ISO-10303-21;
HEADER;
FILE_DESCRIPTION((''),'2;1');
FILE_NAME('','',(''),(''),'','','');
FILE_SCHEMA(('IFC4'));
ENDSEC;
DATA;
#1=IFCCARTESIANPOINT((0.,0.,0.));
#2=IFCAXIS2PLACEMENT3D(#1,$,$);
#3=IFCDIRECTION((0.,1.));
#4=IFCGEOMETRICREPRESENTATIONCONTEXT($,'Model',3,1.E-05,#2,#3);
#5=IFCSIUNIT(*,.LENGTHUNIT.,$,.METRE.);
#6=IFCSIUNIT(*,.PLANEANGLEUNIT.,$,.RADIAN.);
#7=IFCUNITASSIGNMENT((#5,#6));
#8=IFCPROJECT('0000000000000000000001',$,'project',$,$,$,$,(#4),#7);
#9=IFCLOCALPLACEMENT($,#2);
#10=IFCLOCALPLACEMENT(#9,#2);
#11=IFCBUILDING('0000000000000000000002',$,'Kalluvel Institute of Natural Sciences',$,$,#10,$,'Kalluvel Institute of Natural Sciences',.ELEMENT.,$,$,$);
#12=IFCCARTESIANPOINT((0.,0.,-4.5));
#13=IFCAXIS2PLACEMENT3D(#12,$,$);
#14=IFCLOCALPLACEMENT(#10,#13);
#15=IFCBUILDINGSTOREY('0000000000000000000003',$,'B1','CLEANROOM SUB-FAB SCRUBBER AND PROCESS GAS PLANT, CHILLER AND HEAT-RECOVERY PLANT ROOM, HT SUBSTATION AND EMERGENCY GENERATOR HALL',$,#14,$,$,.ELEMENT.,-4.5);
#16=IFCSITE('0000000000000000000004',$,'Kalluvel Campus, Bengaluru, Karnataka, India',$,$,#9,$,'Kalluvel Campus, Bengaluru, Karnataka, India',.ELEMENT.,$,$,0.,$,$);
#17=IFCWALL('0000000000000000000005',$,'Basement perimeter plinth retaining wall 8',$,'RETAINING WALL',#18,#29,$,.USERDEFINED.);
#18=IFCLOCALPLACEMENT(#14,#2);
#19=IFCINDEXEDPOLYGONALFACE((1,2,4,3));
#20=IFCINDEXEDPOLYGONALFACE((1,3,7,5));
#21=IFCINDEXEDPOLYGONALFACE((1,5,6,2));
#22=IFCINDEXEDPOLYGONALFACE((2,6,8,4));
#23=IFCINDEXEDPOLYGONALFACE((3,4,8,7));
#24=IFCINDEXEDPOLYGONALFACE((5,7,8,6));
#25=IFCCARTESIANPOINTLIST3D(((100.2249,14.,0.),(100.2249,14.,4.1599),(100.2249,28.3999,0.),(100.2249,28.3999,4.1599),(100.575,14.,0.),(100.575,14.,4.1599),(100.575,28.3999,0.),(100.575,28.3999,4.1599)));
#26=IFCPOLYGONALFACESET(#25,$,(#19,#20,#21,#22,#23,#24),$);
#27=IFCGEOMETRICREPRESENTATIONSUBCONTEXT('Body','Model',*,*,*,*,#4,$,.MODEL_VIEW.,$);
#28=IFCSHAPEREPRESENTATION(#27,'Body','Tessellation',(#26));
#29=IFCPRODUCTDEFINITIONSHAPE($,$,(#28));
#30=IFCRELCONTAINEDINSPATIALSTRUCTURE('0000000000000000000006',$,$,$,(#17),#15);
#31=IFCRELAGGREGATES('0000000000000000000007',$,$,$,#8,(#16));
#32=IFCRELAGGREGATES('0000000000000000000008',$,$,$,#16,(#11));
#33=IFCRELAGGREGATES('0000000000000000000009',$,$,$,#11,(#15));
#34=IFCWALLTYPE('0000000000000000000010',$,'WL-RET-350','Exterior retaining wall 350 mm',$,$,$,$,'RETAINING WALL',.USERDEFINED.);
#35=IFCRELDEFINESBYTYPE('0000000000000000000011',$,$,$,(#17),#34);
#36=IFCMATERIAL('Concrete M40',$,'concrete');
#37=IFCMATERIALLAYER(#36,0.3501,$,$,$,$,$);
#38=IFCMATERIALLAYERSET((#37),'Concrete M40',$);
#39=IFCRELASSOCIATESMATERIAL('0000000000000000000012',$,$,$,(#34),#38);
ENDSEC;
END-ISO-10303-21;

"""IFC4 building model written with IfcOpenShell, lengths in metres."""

from ifc_helpers import new_model, si_unit, direction, frame, frame_2d, origin, place, context, subcontext, project, spatial, rectangle, extrude, material, layer, layer_set, type_object, element, save


model = new_model("IFC4")

# Units and contexts
model_context = context("Model", 3, precision=1e-05, world=origin(), true_north=direction((0.0, 1.0)))
body_context = subcontext(model_context, "Body", "Model", "MODEL_VIEW")
ifc_project = project(units=[si_unit("LENGTHUNIT", "METRE"), si_unit("PLANEANGLEUNIT", "RADIAN")], contexts=[model_context])

# Site, building, storey
site_placement = place(None, origin())
site = spatial("IfcSite", under=ifc_project, at=site_placement, Name="Kalluvel Campus, Bengaluru, Karnataka, India", LongName="Kalluvel Campus, Bengaluru, Karnataka, India", CompositionType="ELEMENT", RefElevation=0.0)
building_placement = place(site_placement, origin())
building = spatial("IfcBuilding", under=site, at=building_placement, Name="Kalluvel Institute of Natural Sciences", LongName="Kalluvel Institute of Natural Sciences", CompositionType="ELEMENT")
storey_placement = place(building_placement, frame((0.0, 0.0, -4.5)))
storey = spatial("IfcBuildingStorey", under=building, at=storey_placement, Name="B1", Description="CLEANROOM SUB-FAB SCRUBBER AND PROCESS GAS PLANT, CHILLER AND HEAT-RECOVERY PLANT ROOM, HT SUBSTATION AND EMERGENCY GENERATOR HALL", CompositionType="ELEMENT", Elevation=-4.5)

# Shared definitions
ifc_material_1 = material(Name="Concrete M40", Category="concrete")

# Wall
ifc_layer_1 = layer(ifc_material_1, 0.3501)
ifc_layer_set_1 = layer_set([ifc_layer_1], Name="Concrete M40")
wall_type_1 = type_object("IfcWallType", Name="WL-RET-350", Description="Exterior retaining wall 350 mm", ElementType="RETAINING WALL", PredefinedType="USERDEFINED", material=ifc_layer_set_1)
wall_1_placement = place(storey_placement, frame((100.3999, 14.0, 0.0), z_axis=(0.0, 0.0, 1.0), x_axis=(0.0, 1.0, 0.0)))
element("IfcWall", 1, at=wall_1_placement, inside=storey, type_object=wall_type_1, Name="Basement perimeter plinth retaining wall 8", ObjectType="RETAINING WALL", PredefinedType="USERDEFINED", context=body_context, shape_type="SweptSolid", body=[
    extrude(rectangle(XDim=14.3999, YDim=0.3501, at=frame_2d((7.2, 0.0))), origin(), (0.0, 0.0, 1.0), 4.1599),
])

save(model, "model.ifc")
